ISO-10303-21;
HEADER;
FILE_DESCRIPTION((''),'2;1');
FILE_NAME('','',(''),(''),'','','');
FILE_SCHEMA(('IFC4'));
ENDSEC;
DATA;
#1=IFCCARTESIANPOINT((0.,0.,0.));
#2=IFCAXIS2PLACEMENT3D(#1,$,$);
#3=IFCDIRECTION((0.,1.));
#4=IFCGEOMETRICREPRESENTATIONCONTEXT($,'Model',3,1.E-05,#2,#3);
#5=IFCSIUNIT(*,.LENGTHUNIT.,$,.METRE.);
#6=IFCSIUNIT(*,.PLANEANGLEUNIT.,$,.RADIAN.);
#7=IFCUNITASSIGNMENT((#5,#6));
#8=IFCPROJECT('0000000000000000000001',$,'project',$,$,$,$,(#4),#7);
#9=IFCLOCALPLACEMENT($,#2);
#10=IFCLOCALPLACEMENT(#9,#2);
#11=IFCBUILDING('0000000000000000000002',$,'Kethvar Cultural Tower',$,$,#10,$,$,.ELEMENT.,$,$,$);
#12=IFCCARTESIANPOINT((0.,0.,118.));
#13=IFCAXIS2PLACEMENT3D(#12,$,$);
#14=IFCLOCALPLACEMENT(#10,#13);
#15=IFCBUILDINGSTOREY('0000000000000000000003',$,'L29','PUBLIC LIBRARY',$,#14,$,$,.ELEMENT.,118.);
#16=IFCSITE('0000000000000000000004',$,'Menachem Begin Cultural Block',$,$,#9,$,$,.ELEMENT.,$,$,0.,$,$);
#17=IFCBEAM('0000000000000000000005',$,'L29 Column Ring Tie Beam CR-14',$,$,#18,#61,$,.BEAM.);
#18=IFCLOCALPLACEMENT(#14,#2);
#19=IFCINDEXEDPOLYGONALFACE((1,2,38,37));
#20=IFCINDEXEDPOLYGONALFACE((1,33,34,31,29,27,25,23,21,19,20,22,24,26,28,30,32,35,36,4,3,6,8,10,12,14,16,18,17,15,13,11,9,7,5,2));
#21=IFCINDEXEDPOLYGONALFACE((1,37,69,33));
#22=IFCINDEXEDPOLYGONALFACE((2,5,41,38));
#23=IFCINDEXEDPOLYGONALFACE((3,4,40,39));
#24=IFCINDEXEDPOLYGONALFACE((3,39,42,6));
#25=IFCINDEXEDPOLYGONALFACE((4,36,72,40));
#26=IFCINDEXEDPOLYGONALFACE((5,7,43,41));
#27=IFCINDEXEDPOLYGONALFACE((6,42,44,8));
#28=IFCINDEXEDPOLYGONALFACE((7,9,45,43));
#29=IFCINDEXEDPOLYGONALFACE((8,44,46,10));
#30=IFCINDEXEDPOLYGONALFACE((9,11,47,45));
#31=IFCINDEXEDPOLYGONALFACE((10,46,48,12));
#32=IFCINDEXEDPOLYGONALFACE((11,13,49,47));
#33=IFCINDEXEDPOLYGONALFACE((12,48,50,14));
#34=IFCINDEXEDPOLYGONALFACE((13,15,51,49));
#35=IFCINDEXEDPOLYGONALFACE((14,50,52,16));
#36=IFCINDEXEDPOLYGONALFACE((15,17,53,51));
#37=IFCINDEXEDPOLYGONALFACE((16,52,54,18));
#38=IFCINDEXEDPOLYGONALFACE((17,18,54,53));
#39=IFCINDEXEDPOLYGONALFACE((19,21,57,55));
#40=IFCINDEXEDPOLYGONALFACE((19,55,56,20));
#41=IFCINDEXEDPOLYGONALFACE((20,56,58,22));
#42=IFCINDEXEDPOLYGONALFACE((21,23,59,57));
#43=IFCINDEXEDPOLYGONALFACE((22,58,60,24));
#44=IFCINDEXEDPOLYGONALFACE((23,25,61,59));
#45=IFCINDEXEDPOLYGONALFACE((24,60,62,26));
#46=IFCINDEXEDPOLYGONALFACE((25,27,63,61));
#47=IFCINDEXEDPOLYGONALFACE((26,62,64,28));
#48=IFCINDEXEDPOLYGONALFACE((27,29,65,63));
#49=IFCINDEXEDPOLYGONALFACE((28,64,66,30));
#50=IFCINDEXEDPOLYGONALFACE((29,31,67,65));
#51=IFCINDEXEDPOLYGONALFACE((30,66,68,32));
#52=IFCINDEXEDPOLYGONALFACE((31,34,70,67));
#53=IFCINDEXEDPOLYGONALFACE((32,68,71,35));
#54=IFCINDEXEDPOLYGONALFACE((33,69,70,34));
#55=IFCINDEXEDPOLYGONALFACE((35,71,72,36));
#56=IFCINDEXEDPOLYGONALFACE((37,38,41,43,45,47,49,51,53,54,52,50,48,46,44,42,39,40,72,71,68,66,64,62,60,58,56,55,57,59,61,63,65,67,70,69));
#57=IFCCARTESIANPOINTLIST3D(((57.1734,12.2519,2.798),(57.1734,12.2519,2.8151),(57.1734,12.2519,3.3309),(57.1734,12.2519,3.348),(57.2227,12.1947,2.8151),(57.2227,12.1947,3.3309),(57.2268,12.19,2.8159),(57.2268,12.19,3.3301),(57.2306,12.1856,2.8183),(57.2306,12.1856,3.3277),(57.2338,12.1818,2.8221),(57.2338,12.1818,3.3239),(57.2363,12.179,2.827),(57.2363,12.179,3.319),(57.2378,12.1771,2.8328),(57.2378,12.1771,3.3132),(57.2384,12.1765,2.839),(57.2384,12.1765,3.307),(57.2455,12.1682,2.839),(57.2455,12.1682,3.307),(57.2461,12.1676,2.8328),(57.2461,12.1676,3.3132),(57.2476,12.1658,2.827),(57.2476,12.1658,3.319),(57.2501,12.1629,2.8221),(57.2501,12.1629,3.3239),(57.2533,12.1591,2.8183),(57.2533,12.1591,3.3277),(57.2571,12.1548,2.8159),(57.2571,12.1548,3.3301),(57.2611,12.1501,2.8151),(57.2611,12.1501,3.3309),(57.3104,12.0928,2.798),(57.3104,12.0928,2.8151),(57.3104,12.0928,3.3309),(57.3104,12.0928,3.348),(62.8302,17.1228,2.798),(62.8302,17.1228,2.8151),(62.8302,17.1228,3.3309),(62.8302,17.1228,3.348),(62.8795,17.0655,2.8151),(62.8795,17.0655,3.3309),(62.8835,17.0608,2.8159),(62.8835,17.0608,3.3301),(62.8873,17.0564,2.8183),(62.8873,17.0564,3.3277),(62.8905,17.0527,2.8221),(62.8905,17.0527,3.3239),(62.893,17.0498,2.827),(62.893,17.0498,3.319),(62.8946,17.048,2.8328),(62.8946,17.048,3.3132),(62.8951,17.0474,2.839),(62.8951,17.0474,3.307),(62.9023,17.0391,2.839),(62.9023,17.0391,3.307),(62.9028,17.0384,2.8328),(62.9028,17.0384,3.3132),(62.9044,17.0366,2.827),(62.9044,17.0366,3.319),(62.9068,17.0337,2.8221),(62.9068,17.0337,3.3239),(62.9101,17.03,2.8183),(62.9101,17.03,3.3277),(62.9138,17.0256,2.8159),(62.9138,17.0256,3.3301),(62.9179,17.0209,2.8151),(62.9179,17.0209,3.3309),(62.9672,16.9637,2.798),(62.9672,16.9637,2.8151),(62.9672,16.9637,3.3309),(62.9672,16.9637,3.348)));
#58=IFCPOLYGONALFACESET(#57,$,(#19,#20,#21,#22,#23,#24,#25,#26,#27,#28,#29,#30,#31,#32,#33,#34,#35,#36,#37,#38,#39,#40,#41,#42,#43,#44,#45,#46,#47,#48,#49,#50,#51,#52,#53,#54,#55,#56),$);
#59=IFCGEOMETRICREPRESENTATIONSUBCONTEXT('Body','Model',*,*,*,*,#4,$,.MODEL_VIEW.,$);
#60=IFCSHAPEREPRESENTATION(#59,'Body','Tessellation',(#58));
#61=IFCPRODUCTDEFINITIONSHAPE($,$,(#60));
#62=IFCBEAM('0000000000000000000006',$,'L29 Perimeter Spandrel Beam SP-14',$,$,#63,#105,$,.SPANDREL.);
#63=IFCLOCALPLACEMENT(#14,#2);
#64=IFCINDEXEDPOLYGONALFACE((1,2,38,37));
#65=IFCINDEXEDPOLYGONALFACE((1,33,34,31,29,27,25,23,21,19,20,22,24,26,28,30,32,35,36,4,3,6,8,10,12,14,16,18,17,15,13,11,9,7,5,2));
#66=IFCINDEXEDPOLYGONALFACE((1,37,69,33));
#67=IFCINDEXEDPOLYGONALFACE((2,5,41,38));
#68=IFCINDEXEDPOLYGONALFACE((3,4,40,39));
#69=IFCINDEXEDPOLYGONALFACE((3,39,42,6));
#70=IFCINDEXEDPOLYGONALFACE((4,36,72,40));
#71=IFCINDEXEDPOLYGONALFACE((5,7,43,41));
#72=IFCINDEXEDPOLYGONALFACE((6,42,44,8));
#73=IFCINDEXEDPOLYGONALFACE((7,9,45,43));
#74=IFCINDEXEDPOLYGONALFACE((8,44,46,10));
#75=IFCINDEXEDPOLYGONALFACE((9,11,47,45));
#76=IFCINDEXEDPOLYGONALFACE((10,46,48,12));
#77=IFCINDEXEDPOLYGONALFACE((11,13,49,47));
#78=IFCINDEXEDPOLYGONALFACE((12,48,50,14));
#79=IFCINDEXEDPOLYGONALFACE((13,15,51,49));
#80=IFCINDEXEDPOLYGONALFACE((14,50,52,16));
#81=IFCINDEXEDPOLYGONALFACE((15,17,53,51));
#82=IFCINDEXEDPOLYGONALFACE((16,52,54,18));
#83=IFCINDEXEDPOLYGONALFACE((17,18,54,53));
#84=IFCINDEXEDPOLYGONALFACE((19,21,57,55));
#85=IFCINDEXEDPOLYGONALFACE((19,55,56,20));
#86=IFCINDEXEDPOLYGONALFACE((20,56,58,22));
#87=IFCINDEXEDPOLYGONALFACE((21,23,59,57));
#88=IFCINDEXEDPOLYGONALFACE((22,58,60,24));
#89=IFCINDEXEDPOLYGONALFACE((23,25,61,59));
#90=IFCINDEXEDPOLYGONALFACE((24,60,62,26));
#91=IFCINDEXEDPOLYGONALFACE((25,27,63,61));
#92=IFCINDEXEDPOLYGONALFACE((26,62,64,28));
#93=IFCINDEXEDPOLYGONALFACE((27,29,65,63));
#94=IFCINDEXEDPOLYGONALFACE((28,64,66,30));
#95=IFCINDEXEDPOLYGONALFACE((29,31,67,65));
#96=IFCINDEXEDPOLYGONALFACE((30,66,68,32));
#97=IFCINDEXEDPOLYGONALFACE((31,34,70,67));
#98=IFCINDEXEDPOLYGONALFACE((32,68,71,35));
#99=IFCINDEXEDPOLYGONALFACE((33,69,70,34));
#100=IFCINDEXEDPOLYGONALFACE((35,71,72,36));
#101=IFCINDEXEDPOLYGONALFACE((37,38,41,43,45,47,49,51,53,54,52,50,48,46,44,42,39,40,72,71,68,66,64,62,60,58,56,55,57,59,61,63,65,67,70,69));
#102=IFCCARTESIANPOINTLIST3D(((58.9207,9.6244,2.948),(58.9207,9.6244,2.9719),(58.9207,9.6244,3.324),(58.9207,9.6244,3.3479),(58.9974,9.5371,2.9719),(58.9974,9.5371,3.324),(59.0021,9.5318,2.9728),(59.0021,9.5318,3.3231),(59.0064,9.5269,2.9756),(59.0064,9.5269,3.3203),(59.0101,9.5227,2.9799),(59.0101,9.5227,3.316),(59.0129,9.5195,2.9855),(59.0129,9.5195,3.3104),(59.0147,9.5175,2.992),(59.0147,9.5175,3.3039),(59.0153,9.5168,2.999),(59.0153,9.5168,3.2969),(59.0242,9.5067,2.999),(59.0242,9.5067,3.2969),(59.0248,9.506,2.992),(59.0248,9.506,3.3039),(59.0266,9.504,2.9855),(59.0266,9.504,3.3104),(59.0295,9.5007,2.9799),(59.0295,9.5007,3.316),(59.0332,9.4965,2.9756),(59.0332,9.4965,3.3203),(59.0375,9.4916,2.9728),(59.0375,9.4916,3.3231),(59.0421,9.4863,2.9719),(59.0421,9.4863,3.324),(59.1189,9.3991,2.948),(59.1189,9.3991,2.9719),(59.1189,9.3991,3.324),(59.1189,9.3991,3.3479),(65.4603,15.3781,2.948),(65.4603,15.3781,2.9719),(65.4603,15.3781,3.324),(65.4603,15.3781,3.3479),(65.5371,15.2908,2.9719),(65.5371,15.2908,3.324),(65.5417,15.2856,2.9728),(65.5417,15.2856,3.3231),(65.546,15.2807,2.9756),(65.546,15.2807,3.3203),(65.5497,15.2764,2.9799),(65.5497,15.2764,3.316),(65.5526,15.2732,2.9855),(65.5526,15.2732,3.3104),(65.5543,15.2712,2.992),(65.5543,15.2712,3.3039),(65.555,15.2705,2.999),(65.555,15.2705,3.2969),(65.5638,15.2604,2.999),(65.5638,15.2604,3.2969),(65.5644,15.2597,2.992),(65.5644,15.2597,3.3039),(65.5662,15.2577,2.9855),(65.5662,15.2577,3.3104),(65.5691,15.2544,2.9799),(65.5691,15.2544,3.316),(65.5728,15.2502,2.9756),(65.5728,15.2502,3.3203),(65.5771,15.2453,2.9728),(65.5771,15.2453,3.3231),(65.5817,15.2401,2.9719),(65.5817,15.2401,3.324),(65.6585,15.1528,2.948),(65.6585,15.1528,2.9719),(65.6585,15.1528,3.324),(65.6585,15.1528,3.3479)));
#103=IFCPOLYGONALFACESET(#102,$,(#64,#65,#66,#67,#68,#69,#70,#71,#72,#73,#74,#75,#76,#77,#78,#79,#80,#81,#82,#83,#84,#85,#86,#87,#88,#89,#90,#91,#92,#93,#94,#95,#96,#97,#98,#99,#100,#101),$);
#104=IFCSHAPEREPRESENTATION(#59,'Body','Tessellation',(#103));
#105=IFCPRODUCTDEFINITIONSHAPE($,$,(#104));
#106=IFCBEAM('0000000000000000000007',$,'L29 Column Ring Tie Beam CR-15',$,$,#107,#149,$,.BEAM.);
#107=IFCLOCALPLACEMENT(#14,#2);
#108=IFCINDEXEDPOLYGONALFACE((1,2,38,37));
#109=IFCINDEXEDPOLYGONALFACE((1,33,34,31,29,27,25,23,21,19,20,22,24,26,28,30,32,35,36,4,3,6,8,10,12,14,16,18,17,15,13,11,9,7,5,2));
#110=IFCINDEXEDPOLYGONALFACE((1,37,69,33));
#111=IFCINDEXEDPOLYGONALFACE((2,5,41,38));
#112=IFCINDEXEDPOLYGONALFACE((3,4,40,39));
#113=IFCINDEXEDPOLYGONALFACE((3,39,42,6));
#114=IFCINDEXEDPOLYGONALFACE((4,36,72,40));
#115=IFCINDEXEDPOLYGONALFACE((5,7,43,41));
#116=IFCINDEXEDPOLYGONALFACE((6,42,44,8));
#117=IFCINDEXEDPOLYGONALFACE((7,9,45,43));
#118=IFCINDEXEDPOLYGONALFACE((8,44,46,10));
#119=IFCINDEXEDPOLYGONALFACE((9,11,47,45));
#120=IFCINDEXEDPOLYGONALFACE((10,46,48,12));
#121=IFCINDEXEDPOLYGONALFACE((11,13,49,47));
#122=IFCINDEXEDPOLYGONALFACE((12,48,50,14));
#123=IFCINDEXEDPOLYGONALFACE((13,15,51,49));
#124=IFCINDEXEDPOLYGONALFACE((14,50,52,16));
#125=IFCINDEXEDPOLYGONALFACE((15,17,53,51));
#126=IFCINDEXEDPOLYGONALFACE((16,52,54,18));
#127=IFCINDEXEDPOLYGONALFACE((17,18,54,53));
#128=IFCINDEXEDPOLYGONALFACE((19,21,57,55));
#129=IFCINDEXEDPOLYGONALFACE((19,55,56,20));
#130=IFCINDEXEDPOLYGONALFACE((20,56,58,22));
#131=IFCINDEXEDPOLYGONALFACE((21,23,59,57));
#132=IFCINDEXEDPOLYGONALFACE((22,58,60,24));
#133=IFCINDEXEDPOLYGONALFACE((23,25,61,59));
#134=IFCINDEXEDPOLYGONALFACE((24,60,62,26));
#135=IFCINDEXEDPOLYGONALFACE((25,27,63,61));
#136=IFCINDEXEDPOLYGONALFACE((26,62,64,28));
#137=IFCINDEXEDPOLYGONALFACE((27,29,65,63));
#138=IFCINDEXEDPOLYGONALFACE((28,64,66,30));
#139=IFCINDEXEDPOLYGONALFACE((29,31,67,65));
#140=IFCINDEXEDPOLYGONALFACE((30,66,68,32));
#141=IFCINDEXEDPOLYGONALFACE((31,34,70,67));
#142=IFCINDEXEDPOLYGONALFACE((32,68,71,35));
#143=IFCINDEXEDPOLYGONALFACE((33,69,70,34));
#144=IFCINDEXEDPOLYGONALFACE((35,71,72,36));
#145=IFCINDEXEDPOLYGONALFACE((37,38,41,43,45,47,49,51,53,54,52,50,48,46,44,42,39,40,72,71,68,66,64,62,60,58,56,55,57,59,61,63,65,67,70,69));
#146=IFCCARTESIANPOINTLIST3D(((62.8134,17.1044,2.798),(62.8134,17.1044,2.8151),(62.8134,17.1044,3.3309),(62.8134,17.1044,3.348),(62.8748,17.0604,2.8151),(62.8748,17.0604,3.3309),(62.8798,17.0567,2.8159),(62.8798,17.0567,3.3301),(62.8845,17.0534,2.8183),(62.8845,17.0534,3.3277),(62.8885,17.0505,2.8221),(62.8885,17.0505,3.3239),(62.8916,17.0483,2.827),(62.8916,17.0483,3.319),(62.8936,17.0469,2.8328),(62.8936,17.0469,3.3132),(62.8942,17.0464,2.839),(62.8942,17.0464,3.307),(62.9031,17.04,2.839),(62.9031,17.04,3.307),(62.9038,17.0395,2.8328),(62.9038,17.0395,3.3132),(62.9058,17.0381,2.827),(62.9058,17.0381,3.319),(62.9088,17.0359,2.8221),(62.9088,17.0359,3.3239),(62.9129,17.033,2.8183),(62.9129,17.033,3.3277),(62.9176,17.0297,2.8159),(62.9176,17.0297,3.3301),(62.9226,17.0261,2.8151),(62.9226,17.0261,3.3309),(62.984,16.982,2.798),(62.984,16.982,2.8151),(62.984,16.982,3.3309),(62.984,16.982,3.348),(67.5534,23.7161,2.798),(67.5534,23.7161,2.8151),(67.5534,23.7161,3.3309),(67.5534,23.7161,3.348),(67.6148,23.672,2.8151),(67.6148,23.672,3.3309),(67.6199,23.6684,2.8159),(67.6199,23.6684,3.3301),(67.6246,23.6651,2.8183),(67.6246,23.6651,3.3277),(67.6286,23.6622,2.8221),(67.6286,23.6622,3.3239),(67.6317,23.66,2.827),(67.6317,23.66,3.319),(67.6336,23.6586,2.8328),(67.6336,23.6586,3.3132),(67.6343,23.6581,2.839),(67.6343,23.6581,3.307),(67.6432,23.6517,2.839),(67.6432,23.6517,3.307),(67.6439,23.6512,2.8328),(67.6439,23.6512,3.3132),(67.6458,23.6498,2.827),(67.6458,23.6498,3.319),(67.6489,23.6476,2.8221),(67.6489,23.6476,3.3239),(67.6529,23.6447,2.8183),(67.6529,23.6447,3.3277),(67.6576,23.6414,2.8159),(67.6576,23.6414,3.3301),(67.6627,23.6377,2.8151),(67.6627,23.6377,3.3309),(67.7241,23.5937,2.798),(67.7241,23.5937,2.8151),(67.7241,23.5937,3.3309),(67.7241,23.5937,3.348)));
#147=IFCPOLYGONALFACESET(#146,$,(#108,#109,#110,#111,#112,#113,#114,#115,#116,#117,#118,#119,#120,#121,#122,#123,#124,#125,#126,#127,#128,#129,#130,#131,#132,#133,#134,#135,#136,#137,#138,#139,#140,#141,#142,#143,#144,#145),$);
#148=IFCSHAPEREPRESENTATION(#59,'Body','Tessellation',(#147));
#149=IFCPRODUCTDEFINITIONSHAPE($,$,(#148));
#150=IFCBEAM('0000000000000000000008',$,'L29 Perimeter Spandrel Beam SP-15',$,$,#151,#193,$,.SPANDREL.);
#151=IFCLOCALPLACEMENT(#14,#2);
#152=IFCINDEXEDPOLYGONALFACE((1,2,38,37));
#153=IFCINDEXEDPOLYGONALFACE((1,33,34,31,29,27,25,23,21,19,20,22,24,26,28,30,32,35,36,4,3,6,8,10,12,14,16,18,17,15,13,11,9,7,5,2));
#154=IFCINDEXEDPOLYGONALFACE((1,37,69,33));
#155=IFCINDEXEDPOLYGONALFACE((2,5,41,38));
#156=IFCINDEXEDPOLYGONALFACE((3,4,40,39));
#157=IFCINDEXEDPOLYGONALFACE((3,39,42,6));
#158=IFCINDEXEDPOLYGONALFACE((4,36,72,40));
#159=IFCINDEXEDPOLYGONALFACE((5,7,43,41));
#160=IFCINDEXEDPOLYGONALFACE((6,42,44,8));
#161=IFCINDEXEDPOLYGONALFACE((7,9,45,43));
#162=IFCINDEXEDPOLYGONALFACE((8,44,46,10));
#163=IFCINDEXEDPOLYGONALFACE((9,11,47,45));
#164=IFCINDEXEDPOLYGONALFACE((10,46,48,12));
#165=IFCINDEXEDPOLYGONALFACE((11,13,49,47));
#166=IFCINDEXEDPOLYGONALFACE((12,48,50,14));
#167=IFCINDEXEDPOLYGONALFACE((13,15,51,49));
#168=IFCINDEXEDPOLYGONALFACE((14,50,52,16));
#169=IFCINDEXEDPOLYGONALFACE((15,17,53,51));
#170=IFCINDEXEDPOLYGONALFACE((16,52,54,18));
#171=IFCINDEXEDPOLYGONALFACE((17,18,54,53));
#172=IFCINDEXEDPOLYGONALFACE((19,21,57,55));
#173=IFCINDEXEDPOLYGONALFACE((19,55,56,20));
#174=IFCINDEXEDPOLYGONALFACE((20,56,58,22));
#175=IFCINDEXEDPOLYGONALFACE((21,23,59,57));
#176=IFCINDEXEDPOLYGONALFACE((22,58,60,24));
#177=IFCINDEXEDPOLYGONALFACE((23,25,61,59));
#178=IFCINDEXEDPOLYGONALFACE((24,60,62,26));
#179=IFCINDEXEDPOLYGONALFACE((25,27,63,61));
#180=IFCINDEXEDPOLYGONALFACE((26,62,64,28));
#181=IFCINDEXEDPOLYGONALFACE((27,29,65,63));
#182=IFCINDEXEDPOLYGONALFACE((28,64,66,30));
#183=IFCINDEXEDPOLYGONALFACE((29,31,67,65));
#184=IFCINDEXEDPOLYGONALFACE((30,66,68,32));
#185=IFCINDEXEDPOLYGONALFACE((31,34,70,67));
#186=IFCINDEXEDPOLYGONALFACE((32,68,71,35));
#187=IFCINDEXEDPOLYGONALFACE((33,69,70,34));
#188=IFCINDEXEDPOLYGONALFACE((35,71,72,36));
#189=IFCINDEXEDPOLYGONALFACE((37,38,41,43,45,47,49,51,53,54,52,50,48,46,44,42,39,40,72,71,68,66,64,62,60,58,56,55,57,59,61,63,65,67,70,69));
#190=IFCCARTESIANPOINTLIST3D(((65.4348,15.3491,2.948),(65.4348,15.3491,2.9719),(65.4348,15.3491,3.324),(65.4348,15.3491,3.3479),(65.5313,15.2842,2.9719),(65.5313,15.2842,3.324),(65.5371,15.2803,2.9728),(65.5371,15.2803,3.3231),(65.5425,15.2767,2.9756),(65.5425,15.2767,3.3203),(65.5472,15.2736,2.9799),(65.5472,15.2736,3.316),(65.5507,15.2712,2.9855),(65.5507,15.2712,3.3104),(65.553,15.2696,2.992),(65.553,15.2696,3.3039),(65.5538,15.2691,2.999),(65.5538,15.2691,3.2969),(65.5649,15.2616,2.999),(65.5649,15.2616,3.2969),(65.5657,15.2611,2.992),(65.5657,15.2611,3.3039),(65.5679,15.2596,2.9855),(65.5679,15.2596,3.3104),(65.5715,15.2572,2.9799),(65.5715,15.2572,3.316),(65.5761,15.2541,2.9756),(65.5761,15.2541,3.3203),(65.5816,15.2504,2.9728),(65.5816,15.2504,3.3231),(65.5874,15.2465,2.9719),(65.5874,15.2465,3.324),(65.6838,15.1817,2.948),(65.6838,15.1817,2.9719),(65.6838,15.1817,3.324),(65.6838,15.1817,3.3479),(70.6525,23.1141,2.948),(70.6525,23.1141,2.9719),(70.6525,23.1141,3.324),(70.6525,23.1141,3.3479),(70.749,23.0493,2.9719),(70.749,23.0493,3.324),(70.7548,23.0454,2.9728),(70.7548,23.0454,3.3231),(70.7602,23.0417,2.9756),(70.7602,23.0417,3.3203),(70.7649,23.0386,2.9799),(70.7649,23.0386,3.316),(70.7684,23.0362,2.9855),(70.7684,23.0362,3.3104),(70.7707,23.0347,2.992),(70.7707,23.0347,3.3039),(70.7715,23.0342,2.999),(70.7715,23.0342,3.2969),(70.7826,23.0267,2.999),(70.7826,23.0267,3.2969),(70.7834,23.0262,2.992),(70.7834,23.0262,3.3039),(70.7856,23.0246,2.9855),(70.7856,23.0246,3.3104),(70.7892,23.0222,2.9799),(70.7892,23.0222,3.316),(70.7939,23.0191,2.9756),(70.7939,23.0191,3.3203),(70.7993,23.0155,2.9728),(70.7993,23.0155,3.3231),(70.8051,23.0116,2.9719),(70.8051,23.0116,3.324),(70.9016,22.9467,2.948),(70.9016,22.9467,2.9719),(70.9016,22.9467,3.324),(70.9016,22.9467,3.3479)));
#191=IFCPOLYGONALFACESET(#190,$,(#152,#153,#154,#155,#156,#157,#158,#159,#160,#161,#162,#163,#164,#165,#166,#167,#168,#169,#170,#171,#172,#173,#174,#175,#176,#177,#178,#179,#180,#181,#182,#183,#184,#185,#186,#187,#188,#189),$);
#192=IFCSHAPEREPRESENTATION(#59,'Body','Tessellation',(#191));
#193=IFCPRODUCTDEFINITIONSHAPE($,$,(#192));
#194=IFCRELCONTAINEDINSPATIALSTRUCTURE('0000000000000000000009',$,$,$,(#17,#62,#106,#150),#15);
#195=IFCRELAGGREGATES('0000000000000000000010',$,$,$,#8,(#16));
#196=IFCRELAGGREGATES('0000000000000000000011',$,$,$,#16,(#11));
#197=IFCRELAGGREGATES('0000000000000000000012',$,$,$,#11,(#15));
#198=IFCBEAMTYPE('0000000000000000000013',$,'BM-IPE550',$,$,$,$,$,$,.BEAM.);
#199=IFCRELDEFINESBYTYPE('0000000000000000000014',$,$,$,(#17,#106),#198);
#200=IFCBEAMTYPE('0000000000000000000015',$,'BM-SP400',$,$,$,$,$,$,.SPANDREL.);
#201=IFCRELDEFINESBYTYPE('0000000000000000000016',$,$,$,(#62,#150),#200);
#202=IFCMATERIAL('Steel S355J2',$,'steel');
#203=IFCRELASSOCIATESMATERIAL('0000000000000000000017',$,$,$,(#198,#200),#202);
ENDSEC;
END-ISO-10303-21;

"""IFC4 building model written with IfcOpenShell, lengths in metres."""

from ifc_helpers import new_model, si_unit, direction, frame, origin, origin_2d, place, context, subcontext, project, spatial, i_section, extrude, source, transform, mapped, material, material_profile, profile_set, type_object, element, save


model = new_model("IFC4")

# Units and contexts
model_context = context("Model", 3, precision=1e-05, world=origin(), true_north=direction((0.0, 1.0)))
body_context = subcontext(model_context, "Body", "Model", "MODEL_VIEW")
ifc_project = project(units=[si_unit("LENGTHUNIT", "METRE"), si_unit("PLANEANGLEUNIT", "RADIAN")], contexts=[model_context])

# Site, building, storey
site_placement = place(None, origin())
site = spatial("IfcSite", under=ifc_project, at=site_placement, Name="Menachem Begin Cultural Block", CompositionType="ELEMENT", RefElevation=0.0)
building_placement = place(site_placement, origin())
building = spatial("IfcBuilding", under=site, at=building_placement, Name="Kethvar Cultural Tower", CompositionType="ELEMENT")
storey_placement = place(building_placement, frame((0.0, 0.0, 118.0)))
storey = spatial("IfcBuildingStorey", under=building, at=storey_placement, Name="L29", Description="PUBLIC LIBRARY", CompositionType="ELEMENT", Elevation=118.0)

# Beams
ifc_material_1 = material(Name="Steel S355J2", Category="steel")
ifc_material_profile_1 = material_profile(ifc_material_1, i_section(OverallWidth=0.21, OverallDepth=0.55, WebThickness=0.011, FlangeThickness=0.0171, FilletRadius=0.0239, at=origin_2d()), Name="Steel S355J2 — IPE550")
ifc_profile_set_1 = profile_set([ifc_material_profile_1], Name="Steel S355J2 — IPE550")
beam_type_1 = type_object("IfcBeamType", Name="BM-IPE550", PredefinedType="BEAM", material=ifc_profile_set_1)
shared_shape_1 = source(origin(), body_context, "Body", "SweptSolid", [
    extrude(i_section(OverallWidth=0.21, OverallDepth=0.55, WebThickness=0.011, FlangeThickness=0.0171, FilletRadius=0.0239, at=origin_2d()), origin(), (0.0, 0.0, 1.0), 7.4648),
])
beam_1_placement = place(storey_placement, frame((57.2419, 12.1724, 3.073), z_axis=(0.757784, 0.652505, 0.0), x_axis=(-0.652505, 0.757784, 0.0)))
element("IfcBeam", 1, at=beam_1_placement, inside=storey, type_object=beam_type_1, Name="L29 Column Ring Tie Beam CR-14", PredefinedType="BEAM", context=body_context, shape_type="MappedRepresentation", body=[
    mapped(shared_shape_1, transform((0.0, 0.0, 0.0), scale=1.0)),
])
ifc_material_profile_2 = material_profile(ifc_material_1, i_section(OverallWidth=0.3, OverallDepth=0.3999, WebThickness=0.0134, FlangeThickness=0.0239, FilletRadius=0.0271, at=origin_2d()), Name="Steel S355J2 — HEB400")
ifc_profile_set_2 = profile_set([ifc_material_profile_2], Name="Steel S355J2 — HEB400")
beam_type_2 = type_object("IfcBeamType", Name="BM-SP400", PredefinedType="SPANDREL", material=ifc_profile_set_2)
shared_shape_2 = source(origin(), body_context, "Body", "SweptSolid", [
    extrude(i_section(OverallWidth=0.3, OverallDepth=0.3999, WebThickness=0.0134, FlangeThickness=0.0239, FilletRadius=0.0271, at=origin_2d()), origin(), (0.0, 0.0, 1.0), 8.7104),
])
beam_2_placement = place(storey_placement, frame((59.0198, 9.5117, 3.1479), z_axis=(0.750779, 0.660554, 0.0), x_axis=(-0.660554, 0.750779, 0.0)))
element("IfcBeam", 2, at=beam_2_placement, inside=storey, type_object=beam_type_2, Name="L29 Perimeter Spandrel Beam SP-14", PredefinedType="SPANDREL", context=body_context, shape_type="MappedRepresentation", body=[
    mapped(shared_shape_2, transform((0.0, 0.0, 0.0), scale=1.0)),
])
shared_shape_3 = source(origin(), body_context, "Body", "SweptSolid", [
    extrude(i_section(OverallWidth=0.21, OverallDepth=0.55, WebThickness=0.011, FlangeThickness=0.0171, FilletRadius=0.0239, at=origin_2d()), origin(), (0.0, 0.0, 1.0), 8.1353),
])
beam_3_placement = place(storey_placement, frame((62.8987, 17.0432, 3.073), z_axis=(0.582657, 0.812718, 0.0), x_axis=(-0.812718, 0.582657, 0.0)))
element("IfcBeam", 3, at=beam_3_placement, inside=storey, type_object=beam_type_1, Name="L29 Column Ring Tie Beam CR-15", PredefinedType="BEAM", context=body_context, shape_type="MappedRepresentation", body=[
    mapped(shared_shape_3, transform((0.0, 0.0, 0.0), scale=1.0)),
])
shared_shape_4 = source(origin(), body_context, "Body", "SweptSolid", [
    extrude(i_section(OverallWidth=0.3, OverallDepth=0.3999, WebThickness=0.0134, FlangeThickness=0.0239, FilletRadius=0.0271, at=origin_2d()), origin(), (0.0, 0.0, 1.0), 9.3552),
])
beam_4_placement = place(storey_placement, frame((65.5593, 15.2654, 3.1479), z_axis=(0.557732, 0.830021, 0.0), x_axis=(-0.830021, 0.557732, 0.0)))
element("IfcBeam", 4, at=beam_4_placement, inside=storey, type_object=beam_type_2, Name="L29 Perimeter Spandrel Beam SP-15", PredefinedType="SPANDREL", context=body_context, shape_type="MappedRepresentation", body=[
    mapped(shared_shape_4, transform((0.0, 0.0, 0.0), scale=1.0)),
])

save(model, "model.ifc")
